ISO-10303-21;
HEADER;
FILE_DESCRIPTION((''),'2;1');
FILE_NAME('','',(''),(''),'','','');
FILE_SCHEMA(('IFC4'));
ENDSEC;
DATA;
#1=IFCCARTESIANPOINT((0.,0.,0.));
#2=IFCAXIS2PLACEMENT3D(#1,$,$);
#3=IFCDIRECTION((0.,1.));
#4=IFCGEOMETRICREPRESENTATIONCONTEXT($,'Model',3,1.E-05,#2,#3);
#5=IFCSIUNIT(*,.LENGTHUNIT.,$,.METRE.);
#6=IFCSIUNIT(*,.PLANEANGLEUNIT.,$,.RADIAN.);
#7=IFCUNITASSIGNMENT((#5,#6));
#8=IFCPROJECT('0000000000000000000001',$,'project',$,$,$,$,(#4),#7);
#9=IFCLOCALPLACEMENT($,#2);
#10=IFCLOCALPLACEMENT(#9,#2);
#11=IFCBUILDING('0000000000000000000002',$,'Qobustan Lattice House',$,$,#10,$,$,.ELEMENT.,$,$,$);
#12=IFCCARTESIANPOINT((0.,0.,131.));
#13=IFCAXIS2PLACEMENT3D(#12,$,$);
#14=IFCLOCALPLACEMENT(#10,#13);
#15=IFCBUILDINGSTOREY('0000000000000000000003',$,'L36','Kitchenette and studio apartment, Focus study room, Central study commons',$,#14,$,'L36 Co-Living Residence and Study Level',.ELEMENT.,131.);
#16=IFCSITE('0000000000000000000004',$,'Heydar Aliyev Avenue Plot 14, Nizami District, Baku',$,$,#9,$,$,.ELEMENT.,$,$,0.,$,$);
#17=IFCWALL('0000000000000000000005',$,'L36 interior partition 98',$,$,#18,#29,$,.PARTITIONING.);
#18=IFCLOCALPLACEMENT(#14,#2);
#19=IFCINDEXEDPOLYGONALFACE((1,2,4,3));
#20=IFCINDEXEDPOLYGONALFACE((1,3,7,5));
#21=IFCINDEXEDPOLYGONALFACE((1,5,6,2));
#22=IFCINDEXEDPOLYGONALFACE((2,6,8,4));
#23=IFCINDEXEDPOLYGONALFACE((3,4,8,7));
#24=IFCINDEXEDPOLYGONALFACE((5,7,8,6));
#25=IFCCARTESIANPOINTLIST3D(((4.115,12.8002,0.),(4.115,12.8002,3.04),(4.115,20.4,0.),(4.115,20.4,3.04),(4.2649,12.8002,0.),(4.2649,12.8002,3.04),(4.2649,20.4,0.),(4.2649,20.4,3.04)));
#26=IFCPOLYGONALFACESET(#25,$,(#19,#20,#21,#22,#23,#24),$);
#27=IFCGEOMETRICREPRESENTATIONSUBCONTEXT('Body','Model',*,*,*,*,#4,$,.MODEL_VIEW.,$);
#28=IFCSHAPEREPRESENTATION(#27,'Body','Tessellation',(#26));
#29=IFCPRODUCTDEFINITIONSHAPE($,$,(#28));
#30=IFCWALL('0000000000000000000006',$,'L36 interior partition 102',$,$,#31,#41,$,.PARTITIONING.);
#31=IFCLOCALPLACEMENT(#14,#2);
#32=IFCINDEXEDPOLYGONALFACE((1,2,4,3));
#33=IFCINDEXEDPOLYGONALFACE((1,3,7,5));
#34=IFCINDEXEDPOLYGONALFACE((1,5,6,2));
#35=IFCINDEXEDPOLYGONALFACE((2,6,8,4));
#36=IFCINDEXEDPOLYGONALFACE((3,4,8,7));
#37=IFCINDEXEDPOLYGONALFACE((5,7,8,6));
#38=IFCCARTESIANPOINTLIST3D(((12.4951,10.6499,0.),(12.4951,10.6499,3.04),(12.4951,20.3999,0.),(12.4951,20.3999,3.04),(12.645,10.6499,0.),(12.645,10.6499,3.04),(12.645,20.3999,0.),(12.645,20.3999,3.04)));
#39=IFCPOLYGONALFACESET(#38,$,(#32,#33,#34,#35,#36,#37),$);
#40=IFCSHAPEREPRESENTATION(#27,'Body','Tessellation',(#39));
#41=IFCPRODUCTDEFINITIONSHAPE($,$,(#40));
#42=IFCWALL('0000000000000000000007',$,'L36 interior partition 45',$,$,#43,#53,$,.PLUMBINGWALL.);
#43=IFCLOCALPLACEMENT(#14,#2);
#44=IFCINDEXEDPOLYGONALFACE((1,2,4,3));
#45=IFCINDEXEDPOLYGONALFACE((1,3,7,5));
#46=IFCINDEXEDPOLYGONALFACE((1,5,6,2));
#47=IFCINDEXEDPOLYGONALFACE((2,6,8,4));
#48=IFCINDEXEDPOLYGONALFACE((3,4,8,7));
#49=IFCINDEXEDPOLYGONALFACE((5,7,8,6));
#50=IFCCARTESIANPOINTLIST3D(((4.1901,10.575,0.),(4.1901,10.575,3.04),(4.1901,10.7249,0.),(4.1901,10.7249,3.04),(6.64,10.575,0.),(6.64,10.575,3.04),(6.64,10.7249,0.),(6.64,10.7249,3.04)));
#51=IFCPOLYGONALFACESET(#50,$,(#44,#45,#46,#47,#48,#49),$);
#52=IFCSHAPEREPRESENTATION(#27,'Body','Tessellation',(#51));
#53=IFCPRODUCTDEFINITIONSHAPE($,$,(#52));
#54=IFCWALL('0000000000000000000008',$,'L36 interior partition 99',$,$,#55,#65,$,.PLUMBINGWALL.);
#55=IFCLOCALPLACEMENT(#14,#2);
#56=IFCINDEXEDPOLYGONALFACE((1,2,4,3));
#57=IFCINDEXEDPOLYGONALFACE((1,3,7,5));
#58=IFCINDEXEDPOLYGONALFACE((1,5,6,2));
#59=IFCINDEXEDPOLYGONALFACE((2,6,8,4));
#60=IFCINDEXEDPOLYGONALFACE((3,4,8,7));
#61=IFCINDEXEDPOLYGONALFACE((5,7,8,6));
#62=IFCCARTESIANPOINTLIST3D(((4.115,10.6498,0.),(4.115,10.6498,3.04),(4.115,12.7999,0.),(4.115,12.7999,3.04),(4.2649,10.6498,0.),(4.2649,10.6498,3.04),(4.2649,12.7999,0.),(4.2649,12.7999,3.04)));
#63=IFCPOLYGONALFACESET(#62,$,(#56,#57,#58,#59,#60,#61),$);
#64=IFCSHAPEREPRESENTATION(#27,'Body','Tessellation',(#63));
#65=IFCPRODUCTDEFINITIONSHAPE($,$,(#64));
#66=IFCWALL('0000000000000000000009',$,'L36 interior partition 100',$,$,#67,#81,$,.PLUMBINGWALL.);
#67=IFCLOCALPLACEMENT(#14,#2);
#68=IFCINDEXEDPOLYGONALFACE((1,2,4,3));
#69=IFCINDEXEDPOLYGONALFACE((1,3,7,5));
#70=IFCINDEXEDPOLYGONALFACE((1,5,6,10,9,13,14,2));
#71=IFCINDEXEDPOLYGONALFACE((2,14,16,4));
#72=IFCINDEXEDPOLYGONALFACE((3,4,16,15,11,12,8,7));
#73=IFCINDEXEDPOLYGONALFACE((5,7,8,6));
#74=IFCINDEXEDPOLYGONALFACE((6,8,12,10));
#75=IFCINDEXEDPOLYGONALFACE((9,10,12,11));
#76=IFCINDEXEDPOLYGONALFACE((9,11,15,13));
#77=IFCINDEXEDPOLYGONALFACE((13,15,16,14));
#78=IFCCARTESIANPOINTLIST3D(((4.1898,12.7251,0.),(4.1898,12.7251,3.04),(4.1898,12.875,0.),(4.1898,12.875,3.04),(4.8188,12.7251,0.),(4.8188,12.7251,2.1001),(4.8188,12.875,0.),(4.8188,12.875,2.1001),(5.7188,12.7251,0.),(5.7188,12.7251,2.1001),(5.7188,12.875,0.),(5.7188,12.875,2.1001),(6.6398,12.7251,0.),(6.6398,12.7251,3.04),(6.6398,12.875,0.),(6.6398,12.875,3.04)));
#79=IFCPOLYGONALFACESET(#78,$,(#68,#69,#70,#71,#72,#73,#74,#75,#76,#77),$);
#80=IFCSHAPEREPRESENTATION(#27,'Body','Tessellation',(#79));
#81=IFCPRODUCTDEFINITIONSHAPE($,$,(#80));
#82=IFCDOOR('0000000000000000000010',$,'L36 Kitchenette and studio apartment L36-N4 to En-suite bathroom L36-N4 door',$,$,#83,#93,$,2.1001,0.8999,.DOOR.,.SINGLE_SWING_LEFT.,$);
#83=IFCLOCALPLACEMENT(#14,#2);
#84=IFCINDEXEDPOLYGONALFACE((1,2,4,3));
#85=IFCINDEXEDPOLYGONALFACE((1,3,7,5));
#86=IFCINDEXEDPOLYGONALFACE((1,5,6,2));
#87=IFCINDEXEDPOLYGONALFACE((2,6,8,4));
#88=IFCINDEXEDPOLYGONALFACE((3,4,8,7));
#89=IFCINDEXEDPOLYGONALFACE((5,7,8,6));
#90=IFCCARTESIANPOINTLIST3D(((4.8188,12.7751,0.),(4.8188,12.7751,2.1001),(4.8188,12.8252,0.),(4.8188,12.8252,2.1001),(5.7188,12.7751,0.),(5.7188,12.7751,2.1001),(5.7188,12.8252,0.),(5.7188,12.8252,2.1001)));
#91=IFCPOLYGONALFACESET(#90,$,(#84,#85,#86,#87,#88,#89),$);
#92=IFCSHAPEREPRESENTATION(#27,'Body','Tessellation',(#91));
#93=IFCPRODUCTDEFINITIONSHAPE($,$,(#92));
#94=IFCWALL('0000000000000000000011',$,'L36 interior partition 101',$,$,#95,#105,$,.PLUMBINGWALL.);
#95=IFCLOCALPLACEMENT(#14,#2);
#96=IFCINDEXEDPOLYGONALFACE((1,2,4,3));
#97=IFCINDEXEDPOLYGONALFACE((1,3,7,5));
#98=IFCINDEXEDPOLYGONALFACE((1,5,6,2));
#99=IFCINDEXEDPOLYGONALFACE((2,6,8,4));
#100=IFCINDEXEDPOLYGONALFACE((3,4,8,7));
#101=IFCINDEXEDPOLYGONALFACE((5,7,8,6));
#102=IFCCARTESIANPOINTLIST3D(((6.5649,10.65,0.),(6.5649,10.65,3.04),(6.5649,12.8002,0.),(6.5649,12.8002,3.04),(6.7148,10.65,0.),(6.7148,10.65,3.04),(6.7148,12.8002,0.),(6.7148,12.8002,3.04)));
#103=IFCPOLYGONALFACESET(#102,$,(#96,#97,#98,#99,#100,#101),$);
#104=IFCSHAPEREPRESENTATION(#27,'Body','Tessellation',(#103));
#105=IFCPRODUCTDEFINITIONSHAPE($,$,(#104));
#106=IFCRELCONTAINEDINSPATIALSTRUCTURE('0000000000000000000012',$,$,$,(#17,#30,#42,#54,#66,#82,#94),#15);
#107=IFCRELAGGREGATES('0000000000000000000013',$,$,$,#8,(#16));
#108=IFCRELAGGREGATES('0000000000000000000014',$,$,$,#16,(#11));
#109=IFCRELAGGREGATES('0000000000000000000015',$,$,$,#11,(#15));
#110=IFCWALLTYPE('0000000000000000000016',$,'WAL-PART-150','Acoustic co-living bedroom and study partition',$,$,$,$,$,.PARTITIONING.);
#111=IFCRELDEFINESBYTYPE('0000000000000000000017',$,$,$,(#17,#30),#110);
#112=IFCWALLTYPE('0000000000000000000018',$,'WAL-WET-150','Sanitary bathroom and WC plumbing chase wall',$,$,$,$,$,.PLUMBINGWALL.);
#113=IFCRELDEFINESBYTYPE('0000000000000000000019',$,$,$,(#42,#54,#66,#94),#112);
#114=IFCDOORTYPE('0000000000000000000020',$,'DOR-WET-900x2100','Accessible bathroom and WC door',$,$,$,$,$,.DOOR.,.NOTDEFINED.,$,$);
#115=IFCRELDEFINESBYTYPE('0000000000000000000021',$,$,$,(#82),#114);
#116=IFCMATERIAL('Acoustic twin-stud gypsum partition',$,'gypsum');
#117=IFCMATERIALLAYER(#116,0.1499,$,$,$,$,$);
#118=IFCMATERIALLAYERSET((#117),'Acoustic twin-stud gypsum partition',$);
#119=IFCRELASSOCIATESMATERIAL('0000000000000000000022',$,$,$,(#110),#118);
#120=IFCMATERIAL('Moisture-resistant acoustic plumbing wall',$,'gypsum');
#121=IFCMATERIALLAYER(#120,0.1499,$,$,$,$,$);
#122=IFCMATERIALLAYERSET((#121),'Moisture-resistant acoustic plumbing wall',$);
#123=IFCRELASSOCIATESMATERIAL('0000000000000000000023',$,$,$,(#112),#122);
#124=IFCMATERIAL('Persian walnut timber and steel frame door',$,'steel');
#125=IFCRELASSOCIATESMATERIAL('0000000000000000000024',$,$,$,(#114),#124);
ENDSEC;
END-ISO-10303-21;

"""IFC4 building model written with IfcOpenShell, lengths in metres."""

from ifc_helpers import new_model, si_unit, direction, frame, frame_2d, origin, place, context, subcontext, project, spatial, rectangle, extrude, material, layer, layer_set, type_object, element, fill, save


model = new_model("IFC4")

# Units and contexts
model_context = context("Model", 3, precision=1e-05, world=origin(), true_north=direction((0.0, 1.0)))
body_context = subcontext(model_context, "Body", "Model", "MODEL_VIEW")
ifc_project = project(units=[si_unit("LENGTHUNIT", "METRE"), si_unit("PLANEANGLEUNIT", "RADIAN")], contexts=[model_context])

# Site, building, storey
site_placement = place(None, origin())
site = spatial("IfcSite", under=ifc_project, at=site_placement, Name="Heydar Aliyev Avenue Plot 14, Nizami District, Baku", CompositionType="ELEMENT", RefElevation=0.0)
building_placement = place(site_placement, origin())
building = spatial("IfcBuilding", under=site, at=building_placement, Name="Qobustan Lattice House", CompositionType="ELEMENT")
storey_placement = place(building_placement, frame((0.0, 0.0, 131.0)))
storey = spatial("IfcBuildingStorey", under=building, at=storey_placement, Name="L36", Description="Kitchenette and studio apartment, Focus study room, Central study commons", LongName="L36 Co-Living Residence and Study Level", CompositionType="ELEMENT", Elevation=131.0)

# Shared definitions
ifc_material_1 = material(Name="Acoustic twin-stud gypsum partition", Category="gypsum")
ifc_layer_1 = layer(ifc_material_1, 0.1499)
ifc_layer_set_1 = layer_set([ifc_layer_1], Name="Acoustic twin-stud gypsum partition")
wall_type_1 = type_object("IfcWallType", Name="WAL-PART-150", Description="Acoustic co-living bedroom and study partition", PredefinedType="PARTITIONING", material=ifc_layer_set_1)

# Walls
wall_1_placement = place(storey_placement, frame((4.1899, 20.3999, 0.0), z_axis=(0.0, 0.0, 1.0), x_axis=(0.0, -1.0, 0.0)))
element("IfcWall", 1, at=wall_1_placement, inside=storey, type_object=wall_type_1, Name="L36 interior partition 98", PredefinedType="PARTITIONING", context=body_context, shape_type="SweptSolid", body=[
    extrude(rectangle(XDim=7.5999, YDim=0.1499, at=frame_2d((3.7998, 0.0))), origin(), (0.0, 0.0, 1.0), 3.04),
])
wall_2_placement = place(storey_placement, frame((12.5701, 20.3999, 0.0), z_axis=(0.0, 0.0, 1.0), x_axis=(0.0, -1.0, 0.0)))
element("IfcWall", 2, at=wall_2_placement, inside=storey, type_object=wall_type_1, Name="L36 interior partition 102", PredefinedType="PARTITIONING", context=body_context, shape_type="SweptSolid", body=[
    extrude(rectangle(XDim=9.75, YDim=0.1499, at=frame_2d((4.875, 0.0))), origin(), (0.0, 0.0, 1.0), 3.04),
])
ifc_material_2 = material(Name="Moisture-resistant acoustic plumbing wall", Category="gypsum")
ifc_layer_2 = layer(ifc_material_2, 0.1499)
ifc_layer_set_2 = layer_set([ifc_layer_2], Name="Moisture-resistant acoustic plumbing wall")
wall_type_2 = type_object("IfcWallType", Name="WAL-WET-150", Description="Sanitary bathroom and WC plumbing chase wall", PredefinedType="PLUMBINGWALL", material=ifc_layer_set_2)
wall_3_placement = place(storey_placement, frame((4.1899, 10.6499, 0.0), z_axis=(0.0, 0.0, 1.0), x_axis=(1.0, 0.0, 0.0)))
element("IfcWall", 3, at=wall_3_placement, inside=storey, type_object=wall_type_2, Name="L36 interior partition 45", PredefinedType="PLUMBINGWALL", context=body_context, shape_type="SweptSolid", body=[
    extrude(rectangle(XDim=2.45, YDim=0.1499, at=frame_2d((1.2251, 0.0))), origin(), (0.0, 0.0, 1.0), 3.04),
])
wall_4_placement = place(storey_placement, frame((4.1899, 12.8, 0.0), z_axis=(0.0, 0.0, 1.0), x_axis=(0.0, -1.0, 0.0)))
element("IfcWall", 4, at=wall_4_placement, inside=storey, type_object=wall_type_2, Name="L36 interior partition 99", PredefinedType="PLUMBINGWALL", context=body_context, shape_type="SweptSolid", body=[
    extrude(rectangle(XDim=2.1501, YDim=0.1499, at=frame_2d((1.0752, 0.0))), origin(), (0.0, 0.0, 1.0), 3.04),
])

# Wall, opening, door
wall_5_placement = place(storey_placement, frame((6.6399, 12.8, 0.0), z_axis=(0.0, 0.0, 1.0), x_axis=(-1.0, 0.0, 0.0)))
wall_5 = element("IfcWall", 5, at=wall_5_placement, inside=storey, type_object=wall_type_2, Name="L36 interior partition 100", PredefinedType="PLUMBINGWALL", context=body_context, shape_type="SweptSolid", body=[
    extrude(rectangle(XDim=2.45, YDim=0.1499, at=frame_2d((1.2251, 0.0))), origin(), (0.0, 0.0, 1.0), 3.04),
])
opening_1_placement = place(wall_5_placement, frame((0.9211, 0.0, 0.0)))
opening_1 = element("IfcOpeningElement", 6, at=opening_1_placement, cuts=wall_5, PredefinedType="OPENING", context=body_context, shape_type="SweptSolid", body=[
    extrude(rectangle(XDim=0.8999, YDim=2.1001, at=frame_2d((0.45, 1.05))), frame((0.0, 0.085, 0.0), z_axis=(0.0, -1.0, 0.0), x_axis=(1.0, 0.0, 0.0)), (0.0, 0.0, 1.0), 0.1699),
])
ifc_material_3 = material(Name="Persian walnut timber and steel frame door", Category="steel")
door_type_1 = type_object("IfcDoorType", Name="DOR-WET-900x2100", Description="Accessible bathroom and WC door", OperationType="NOTDEFINED", PredefinedType="DOOR", material=ifc_material_3)
door_1_placement = place(opening_1_placement, origin())
door_1 = element("IfcDoor", 7, at=door_1_placement, inside=storey, type_object=door_type_1, Name="L36 Kitchenette and studio apartment L36-N4 to En-suite bathroom L36-N4 door", OperationType="SINGLE_SWING_LEFT", OverallHeight=2.1001, OverallWidth=0.8999, PredefinedType="DOOR", context=body_context, shape_type="SweptSolid", body=[
    extrude(rectangle(XDim=0.8999, YDim=2.1001, at=frame_2d((0.45, 1.05))), frame((0.0, 0.0249, 0.0), z_axis=(0.0, -1.0, 0.0), x_axis=(1.0, 0.0, 0.0)), (0.0, 0.0, 1.0), 0.05),
])
fill(opening_1, door_1)

# Wall
wall_6_placement = place(storey_placement, frame((6.6399, 10.6499, 0.0), z_axis=(0.0, 0.0, 1.0), x_axis=(0.0, 1.0, 0.0)))
element("IfcWall", 8, at=wall_6_placement, inside=storey, type_object=wall_type_2, Name="L36 interior partition 101", PredefinedType="PLUMBINGWALL", context=body_context, shape_type="SweptSolid", body=[
    extrude(rectangle(XDim=2.1501, YDim=0.1499, at=frame_2d((1.0752, 0.0))), origin(), (0.0, 0.0, 1.0), 3.04),
])

save(model, "model.ifc")
